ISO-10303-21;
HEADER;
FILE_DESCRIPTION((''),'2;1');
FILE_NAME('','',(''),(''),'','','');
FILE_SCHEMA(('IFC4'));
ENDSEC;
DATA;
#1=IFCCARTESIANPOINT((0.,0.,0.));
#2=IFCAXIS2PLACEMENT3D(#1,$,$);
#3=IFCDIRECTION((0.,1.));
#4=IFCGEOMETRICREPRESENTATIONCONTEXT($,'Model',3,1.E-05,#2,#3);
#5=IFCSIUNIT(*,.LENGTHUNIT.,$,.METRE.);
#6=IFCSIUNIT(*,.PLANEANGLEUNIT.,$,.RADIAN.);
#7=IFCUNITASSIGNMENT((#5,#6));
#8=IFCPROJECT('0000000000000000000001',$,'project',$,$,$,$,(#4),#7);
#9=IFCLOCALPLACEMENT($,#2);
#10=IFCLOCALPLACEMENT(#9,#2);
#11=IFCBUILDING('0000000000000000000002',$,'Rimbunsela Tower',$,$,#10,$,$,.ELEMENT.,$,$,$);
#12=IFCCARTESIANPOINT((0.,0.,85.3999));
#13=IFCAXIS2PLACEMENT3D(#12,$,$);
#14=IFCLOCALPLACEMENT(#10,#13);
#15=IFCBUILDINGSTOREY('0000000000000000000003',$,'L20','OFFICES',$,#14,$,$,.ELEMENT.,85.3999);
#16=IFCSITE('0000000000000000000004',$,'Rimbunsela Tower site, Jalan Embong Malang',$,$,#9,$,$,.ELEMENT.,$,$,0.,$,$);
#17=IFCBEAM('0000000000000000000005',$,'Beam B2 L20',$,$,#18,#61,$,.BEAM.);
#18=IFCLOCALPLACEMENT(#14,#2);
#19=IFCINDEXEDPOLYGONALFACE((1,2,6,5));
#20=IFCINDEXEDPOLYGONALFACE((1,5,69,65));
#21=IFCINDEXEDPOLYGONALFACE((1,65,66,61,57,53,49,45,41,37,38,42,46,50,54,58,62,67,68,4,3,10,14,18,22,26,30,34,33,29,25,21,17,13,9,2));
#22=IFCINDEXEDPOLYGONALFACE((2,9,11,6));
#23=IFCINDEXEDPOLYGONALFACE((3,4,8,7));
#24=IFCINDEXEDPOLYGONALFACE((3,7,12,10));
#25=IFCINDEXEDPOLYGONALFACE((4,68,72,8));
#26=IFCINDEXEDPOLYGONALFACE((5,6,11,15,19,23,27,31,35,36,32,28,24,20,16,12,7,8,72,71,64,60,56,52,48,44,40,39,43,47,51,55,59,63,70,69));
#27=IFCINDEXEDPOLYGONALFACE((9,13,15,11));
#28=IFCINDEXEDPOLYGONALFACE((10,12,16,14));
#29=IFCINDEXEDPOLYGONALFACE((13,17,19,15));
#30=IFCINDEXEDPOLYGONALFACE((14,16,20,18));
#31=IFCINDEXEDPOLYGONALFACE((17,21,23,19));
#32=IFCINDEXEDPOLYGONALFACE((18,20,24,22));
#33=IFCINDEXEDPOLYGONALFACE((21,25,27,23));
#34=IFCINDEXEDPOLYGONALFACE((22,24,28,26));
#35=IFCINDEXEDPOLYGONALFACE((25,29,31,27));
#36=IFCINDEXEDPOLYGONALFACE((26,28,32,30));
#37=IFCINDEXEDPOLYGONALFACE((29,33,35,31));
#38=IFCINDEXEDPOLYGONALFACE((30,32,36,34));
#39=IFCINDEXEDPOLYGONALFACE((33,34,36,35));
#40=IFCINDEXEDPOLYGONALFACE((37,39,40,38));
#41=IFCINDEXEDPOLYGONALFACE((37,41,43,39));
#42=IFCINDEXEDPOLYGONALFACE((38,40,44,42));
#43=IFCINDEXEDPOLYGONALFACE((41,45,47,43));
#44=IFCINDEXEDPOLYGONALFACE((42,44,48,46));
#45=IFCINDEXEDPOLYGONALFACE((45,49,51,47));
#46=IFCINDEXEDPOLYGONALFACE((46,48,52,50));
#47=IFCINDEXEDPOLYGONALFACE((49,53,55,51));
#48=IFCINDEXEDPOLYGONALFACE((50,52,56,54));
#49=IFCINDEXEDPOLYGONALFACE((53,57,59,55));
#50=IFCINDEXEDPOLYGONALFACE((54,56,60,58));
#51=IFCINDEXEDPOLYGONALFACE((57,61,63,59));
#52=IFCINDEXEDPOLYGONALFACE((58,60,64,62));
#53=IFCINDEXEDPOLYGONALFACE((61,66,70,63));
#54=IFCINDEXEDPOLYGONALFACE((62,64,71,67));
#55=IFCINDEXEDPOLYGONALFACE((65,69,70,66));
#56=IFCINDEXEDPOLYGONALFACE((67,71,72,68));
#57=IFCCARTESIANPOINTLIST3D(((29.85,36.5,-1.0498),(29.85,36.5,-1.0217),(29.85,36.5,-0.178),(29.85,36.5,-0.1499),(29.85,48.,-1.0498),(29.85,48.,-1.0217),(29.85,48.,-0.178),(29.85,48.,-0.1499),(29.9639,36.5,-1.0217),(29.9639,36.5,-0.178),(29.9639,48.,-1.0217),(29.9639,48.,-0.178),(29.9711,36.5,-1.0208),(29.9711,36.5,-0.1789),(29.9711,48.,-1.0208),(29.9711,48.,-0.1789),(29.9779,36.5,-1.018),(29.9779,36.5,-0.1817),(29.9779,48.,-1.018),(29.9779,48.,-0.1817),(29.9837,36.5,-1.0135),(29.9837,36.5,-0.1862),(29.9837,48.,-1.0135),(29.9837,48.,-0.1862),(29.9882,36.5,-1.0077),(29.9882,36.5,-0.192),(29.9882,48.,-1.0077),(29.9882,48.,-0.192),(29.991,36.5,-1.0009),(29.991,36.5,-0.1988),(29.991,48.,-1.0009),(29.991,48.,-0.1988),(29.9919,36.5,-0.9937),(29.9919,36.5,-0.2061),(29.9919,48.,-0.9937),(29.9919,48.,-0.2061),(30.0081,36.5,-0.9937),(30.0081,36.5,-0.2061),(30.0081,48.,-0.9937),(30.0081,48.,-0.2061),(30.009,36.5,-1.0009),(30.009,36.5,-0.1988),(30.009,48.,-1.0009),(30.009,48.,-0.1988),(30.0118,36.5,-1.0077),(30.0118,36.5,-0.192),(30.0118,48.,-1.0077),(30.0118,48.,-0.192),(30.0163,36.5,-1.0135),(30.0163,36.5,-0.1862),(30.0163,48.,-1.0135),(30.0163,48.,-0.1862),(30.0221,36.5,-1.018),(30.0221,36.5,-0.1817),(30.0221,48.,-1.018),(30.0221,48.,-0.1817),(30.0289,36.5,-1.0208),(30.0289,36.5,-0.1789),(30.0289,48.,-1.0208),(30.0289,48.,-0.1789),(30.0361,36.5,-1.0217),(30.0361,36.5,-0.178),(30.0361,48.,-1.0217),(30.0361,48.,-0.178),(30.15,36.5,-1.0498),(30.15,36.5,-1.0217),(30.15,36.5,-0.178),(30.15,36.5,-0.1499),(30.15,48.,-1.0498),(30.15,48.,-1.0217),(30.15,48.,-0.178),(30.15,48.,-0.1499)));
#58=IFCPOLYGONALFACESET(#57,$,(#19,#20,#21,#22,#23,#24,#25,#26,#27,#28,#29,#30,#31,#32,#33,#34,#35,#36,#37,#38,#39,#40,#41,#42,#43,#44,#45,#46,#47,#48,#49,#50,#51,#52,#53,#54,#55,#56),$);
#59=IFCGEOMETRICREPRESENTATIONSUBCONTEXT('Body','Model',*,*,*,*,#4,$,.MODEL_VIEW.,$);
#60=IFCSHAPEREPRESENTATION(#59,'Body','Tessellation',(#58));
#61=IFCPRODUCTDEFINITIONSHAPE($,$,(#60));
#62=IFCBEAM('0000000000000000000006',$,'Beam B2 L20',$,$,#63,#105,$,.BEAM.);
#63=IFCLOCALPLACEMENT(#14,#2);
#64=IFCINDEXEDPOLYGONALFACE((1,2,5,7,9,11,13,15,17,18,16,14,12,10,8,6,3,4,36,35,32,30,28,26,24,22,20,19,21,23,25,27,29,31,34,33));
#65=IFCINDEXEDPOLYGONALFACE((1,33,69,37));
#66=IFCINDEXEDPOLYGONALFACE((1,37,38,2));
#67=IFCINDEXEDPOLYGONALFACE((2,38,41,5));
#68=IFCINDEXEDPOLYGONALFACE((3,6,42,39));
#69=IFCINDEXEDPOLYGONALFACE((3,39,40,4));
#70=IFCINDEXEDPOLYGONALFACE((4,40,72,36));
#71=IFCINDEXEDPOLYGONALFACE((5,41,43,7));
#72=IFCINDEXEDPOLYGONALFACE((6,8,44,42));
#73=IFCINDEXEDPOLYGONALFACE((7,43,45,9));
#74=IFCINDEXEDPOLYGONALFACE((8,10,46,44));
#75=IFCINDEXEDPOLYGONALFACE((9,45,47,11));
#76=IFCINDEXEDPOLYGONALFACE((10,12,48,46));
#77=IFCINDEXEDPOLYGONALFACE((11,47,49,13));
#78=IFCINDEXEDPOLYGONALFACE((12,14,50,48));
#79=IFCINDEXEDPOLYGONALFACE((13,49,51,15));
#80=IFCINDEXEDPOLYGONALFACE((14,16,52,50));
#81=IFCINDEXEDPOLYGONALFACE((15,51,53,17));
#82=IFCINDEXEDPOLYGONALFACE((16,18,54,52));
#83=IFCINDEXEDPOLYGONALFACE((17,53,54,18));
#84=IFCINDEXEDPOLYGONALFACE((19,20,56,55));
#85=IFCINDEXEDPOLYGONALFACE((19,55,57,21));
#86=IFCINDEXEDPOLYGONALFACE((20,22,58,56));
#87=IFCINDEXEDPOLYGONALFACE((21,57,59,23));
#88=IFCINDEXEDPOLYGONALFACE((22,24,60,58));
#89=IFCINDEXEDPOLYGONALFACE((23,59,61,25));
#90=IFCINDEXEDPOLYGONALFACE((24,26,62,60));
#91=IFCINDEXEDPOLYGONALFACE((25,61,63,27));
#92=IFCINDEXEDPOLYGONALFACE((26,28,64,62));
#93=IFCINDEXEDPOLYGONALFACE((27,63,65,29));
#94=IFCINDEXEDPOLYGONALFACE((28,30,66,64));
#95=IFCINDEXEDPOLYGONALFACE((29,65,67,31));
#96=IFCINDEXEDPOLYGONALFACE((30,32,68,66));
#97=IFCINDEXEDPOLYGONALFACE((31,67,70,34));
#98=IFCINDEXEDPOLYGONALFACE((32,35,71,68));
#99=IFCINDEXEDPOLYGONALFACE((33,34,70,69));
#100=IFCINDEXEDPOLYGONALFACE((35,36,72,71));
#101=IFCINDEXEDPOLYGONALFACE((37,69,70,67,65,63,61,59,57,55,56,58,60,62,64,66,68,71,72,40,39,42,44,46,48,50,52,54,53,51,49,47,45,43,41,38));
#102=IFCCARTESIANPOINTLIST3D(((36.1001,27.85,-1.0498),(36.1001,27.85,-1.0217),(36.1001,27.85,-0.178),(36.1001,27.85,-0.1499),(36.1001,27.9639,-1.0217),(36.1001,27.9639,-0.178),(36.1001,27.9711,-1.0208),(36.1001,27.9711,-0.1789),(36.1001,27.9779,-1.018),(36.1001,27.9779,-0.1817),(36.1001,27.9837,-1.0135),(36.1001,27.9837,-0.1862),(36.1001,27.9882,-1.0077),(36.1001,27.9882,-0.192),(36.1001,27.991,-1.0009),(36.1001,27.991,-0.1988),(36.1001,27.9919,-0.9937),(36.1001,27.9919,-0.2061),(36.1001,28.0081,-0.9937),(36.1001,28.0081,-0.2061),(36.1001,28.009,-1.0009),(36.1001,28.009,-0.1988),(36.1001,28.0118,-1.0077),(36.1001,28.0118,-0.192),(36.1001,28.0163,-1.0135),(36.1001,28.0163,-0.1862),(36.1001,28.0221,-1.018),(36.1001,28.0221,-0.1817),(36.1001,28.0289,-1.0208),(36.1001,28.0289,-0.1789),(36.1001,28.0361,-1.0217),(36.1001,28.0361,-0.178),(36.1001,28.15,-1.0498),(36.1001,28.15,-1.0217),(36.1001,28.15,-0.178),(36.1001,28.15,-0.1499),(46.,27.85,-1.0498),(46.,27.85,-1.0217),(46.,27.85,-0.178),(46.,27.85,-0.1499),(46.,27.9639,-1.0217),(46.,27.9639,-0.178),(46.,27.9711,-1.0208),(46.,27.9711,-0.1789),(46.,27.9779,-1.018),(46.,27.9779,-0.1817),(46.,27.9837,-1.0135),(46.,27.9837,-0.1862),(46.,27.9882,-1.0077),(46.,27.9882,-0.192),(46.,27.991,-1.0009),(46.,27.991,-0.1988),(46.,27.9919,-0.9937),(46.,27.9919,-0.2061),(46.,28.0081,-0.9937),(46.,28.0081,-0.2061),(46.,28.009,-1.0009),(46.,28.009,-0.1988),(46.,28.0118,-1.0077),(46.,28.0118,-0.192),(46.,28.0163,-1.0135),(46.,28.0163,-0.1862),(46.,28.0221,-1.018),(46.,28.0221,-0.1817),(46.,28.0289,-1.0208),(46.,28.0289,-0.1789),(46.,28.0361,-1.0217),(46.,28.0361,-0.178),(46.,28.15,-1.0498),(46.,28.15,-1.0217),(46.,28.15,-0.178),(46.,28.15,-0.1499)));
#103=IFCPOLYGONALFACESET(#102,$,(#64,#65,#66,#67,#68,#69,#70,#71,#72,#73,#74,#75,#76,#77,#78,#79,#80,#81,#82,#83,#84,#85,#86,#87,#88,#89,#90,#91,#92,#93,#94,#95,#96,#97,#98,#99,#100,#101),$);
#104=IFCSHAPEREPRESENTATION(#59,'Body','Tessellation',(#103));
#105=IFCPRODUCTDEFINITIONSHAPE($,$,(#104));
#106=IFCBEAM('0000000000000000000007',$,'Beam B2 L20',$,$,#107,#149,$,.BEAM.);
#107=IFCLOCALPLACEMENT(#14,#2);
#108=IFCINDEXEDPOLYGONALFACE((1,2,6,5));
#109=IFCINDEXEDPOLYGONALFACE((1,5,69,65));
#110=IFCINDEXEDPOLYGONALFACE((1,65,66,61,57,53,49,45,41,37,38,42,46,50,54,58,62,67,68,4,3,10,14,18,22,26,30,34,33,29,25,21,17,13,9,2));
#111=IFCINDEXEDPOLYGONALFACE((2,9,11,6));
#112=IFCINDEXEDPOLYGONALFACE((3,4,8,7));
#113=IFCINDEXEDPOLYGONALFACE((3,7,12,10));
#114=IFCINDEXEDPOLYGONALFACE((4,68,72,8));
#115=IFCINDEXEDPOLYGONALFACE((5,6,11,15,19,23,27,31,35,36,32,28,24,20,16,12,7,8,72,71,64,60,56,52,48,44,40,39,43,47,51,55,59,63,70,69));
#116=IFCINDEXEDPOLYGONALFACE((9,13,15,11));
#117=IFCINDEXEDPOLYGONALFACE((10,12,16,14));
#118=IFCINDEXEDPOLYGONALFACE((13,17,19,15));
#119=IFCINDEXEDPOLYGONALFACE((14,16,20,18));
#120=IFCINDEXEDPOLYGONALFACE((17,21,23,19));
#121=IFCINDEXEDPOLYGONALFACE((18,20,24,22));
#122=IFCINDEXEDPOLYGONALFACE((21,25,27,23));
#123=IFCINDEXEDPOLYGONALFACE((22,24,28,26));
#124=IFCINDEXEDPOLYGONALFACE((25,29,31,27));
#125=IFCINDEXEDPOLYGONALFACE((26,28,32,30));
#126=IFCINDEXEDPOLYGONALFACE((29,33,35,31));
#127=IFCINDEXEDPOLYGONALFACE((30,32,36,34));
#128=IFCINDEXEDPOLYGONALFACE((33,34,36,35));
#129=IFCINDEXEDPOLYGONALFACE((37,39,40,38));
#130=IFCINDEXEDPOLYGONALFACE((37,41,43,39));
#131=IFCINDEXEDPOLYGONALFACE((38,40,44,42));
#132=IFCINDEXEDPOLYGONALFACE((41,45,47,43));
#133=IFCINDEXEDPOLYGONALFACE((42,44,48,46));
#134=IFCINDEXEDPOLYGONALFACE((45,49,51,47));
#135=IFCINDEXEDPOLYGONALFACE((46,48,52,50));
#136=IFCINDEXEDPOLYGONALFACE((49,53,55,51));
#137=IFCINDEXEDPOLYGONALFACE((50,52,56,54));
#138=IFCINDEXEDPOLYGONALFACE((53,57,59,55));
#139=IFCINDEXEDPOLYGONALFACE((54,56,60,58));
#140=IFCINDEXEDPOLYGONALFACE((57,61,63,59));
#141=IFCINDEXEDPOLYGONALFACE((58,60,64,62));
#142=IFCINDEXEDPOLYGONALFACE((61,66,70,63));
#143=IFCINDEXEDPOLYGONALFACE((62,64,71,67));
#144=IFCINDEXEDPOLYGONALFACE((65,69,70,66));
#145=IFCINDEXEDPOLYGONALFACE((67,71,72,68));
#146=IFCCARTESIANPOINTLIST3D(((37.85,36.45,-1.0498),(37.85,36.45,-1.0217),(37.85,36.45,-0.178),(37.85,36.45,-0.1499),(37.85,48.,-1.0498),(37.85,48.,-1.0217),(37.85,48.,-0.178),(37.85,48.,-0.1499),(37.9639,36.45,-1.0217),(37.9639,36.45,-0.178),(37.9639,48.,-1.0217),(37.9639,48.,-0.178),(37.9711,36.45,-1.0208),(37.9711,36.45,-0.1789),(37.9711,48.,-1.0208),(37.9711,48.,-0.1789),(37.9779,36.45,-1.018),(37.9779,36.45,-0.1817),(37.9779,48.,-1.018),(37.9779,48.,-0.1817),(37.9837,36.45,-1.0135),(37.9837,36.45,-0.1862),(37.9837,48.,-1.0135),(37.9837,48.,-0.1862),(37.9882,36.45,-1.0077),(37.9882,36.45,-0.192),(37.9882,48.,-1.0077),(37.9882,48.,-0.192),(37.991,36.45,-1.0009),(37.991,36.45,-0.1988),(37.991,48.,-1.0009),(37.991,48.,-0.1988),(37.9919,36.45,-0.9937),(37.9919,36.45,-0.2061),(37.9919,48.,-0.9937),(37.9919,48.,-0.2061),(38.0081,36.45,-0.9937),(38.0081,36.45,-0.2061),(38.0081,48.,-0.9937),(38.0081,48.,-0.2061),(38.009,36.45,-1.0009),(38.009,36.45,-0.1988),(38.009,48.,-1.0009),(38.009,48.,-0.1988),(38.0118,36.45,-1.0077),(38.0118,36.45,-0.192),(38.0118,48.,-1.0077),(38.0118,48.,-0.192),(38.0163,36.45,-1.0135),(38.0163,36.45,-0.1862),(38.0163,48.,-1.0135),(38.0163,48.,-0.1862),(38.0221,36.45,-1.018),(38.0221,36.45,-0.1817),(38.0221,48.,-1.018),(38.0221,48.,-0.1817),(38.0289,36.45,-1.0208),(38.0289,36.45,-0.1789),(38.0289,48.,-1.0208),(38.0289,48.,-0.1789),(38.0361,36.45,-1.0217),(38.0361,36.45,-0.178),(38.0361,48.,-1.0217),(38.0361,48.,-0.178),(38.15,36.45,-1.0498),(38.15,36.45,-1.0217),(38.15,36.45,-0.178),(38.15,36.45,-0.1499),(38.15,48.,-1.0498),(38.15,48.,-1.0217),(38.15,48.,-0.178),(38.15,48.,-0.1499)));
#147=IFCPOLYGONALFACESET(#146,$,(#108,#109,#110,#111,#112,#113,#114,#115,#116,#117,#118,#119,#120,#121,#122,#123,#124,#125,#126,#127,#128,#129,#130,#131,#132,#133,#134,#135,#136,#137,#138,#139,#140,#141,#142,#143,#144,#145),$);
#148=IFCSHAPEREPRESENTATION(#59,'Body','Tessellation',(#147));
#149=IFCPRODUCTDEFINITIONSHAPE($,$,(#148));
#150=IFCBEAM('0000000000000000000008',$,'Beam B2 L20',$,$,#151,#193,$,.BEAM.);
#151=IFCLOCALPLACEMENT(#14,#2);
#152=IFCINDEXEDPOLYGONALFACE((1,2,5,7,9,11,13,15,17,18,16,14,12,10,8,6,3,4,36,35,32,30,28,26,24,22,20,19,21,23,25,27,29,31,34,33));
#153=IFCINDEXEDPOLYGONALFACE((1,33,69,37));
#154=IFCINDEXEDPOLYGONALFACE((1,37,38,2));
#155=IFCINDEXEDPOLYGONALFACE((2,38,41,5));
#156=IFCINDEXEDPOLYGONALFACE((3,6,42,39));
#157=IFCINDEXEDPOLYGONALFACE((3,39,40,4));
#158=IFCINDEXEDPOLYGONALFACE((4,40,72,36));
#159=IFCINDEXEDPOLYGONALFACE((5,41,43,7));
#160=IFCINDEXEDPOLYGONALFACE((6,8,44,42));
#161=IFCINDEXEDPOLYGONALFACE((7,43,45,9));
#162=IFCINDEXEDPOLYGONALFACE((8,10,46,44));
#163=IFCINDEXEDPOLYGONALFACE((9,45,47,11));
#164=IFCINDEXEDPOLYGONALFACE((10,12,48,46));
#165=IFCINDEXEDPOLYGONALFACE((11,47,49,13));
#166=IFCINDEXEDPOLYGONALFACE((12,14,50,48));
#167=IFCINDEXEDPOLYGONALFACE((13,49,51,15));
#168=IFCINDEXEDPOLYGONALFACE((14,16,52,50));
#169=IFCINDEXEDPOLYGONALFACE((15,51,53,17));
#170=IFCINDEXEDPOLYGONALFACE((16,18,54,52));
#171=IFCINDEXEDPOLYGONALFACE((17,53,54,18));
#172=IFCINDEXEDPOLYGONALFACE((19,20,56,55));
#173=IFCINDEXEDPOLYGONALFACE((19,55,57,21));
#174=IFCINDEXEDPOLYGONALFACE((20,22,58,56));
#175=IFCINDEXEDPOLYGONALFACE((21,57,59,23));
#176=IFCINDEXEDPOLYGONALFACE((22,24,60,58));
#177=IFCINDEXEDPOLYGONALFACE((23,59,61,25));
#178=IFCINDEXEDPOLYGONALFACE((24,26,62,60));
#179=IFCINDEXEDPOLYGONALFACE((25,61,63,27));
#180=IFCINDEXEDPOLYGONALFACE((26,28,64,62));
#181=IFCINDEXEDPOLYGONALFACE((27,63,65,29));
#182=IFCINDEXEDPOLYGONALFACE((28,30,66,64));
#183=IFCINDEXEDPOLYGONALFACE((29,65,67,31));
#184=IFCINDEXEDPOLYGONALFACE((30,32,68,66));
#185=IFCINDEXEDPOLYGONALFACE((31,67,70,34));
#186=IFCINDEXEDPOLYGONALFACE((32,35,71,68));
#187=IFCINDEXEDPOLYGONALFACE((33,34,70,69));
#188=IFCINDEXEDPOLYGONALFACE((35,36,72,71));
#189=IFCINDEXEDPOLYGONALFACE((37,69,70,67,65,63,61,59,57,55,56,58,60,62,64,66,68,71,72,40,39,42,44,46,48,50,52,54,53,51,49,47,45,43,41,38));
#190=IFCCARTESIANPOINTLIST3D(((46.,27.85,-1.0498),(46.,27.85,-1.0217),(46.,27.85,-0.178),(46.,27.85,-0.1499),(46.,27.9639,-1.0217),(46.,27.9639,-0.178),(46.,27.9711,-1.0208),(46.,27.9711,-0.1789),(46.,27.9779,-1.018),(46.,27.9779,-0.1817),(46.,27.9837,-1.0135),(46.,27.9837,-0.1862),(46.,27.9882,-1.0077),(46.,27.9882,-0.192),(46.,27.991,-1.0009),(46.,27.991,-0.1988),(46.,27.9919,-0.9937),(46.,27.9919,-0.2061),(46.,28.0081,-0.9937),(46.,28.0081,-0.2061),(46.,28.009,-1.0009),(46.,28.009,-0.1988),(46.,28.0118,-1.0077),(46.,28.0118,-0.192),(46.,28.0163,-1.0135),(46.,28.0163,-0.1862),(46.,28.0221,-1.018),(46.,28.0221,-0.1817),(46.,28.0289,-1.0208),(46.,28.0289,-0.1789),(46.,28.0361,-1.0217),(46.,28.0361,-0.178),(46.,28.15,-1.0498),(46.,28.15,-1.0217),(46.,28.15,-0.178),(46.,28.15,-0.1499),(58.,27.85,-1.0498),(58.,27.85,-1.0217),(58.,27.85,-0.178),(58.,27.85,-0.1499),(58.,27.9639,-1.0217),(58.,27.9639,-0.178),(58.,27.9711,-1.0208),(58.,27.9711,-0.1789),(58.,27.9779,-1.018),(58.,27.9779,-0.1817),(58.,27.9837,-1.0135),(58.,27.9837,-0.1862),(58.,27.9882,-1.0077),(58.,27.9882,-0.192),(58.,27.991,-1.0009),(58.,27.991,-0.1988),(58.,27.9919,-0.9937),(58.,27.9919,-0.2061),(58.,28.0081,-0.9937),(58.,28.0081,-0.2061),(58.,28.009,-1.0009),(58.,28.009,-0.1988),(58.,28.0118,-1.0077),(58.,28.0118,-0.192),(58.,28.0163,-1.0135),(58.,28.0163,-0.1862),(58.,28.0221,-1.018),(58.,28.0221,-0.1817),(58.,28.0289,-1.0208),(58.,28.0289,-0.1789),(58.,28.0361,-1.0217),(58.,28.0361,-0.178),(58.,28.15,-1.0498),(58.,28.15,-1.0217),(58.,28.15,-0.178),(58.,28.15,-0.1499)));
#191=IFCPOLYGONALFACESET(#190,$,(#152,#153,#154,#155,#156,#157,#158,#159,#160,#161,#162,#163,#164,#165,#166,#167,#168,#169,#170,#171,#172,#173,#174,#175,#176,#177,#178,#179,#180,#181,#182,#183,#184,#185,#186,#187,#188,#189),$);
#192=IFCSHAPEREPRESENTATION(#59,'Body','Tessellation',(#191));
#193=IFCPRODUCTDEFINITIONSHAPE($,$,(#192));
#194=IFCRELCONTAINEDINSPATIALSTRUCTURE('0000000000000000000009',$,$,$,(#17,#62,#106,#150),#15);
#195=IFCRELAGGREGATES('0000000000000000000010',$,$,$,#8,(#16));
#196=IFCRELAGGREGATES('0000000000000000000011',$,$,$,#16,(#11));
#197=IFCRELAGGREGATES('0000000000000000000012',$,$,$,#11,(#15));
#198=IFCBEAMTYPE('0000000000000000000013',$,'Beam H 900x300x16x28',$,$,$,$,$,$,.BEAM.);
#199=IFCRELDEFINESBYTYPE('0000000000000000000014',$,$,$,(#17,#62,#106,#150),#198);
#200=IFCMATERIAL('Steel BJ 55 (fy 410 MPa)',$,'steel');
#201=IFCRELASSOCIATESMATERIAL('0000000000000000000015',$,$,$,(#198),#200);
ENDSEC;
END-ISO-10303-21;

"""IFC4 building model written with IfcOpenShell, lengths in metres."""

from ifc_helpers import new_model, si_unit, direction, frame, origin, origin_2d, place, context, subcontext, project, spatial, i_section, extrude, material, material_profile, profile_set, type_object, element, save


model = new_model("IFC4")

# Units and contexts
model_context = context("Model", 3, precision=1e-05, world=origin(), true_north=direction((0.0, 1.0)))
body_context = subcontext(model_context, "Body", "Model", "MODEL_VIEW")
ifc_project = project(units=[si_unit("LENGTHUNIT", "METRE"), si_unit("PLANEANGLEUNIT", "RADIAN")], contexts=[model_context])

# Site, building, storey
site_placement = place(None, origin())
site = spatial("IfcSite", under=ifc_project, at=site_placement, Name="Rimbunsela Tower site, Jalan Embong Malang", CompositionType="ELEMENT", RefElevation=0.0)
building_placement = place(site_placement, origin())
building = spatial("IfcBuilding", under=site, at=building_placement, Name="Rimbunsela Tower", CompositionType="ELEMENT")
storey_placement = place(building_placement, frame((0.0, 0.0, 85.3999)))
storey = spatial("IfcBuildingStorey", under=building, at=storey_placement, Name="L20", Description="OFFICES", CompositionType="ELEMENT", Elevation=85.3999)

# Beams
ifc_material_1 = material(Name="Steel BJ 55 (fy 410 MPa)", Category="steel")
ifc_material_profile_1 = material_profile(ifc_material_1, i_section(OverallWidth=0.3, OverallDepth=0.8999, WebThickness=0.0161, FlangeThickness=0.0281, FilletRadius=0.0281, at=origin_2d()), Name="H 900x300x16x28")
ifc_profile_set_1 = profile_set([ifc_material_profile_1], Name="Steel BJ 55 (fy 410 MPa)")
beam_type_1 = type_object("IfcBeamType", Name="Beam H 900x300x16x28", PredefinedType="BEAM", material=ifc_profile_set_1)
beam_1_placement = place(storey_placement, frame((30.0, 36.5, -0.5999), z_axis=(0.0, 1.0, 0.0), x_axis=(-1.0, 0.0, 0.0)))
element("IfcBeam", 1, at=beam_1_placement, inside=storey, type_object=beam_type_1, Name="Beam B2 L20", PredefinedType="BEAM", context=body_context, shape_type="SweptSolid", body=[
    extrude(i_section(OverallWidth=0.3, OverallDepth=0.8999, WebThickness=0.0161, FlangeThickness=0.0281, FilletRadius=0.0281, at=origin_2d()), origin(), (0.0, 0.0, 1.0), 11.5),
])
beam_2_placement = place(storey_placement, frame((36.1001, 28.0, -0.5999), z_axis=(1.0, 0.0, 0.0), x_axis=(0.0, 1.0, 0.0)))
element("IfcBeam", 2, at=beam_2_placement, inside=storey, type_object=beam_type_1, Name="Beam B2 L20", PredefinedType="BEAM", context=body_context, shape_type="SweptSolid", body=[
    extrude(i_section(OverallWidth=0.3, OverallDepth=0.8999, WebThickness=0.0161, FlangeThickness=0.0281, FilletRadius=0.0281, at=origin_2d()), origin(), (0.0, 0.0, 1.0), 9.8999),
])
beam_3_placement = place(storey_placement, frame((38.0, 36.45, -0.5999), z_axis=(0.0, 1.0, 0.0), x_axis=(-1.0, 0.0, 0.0)))
element("IfcBeam", 3, at=beam_3_placement, inside=storey, type_object=beam_type_1, Name="Beam B2 L20", PredefinedType="BEAM", context=body_context, shape_type="SweptSolid", body=[
    extrude(i_section(OverallWidth=0.3, OverallDepth=0.8999, WebThickness=0.0161, FlangeThickness=0.0281, FilletRadius=0.0281, at=origin_2d()), origin(), (0.0, 0.0, 1.0), 11.55),
])
beam_4_placement = place(storey_placement, frame((46.0, 28.0, -0.5999), z_axis=(1.0, 0.0, 0.0), x_axis=(0.0, 1.0, 0.0)))
element("IfcBeam", 4, at=beam_4_placement, inside=storey, type_object=beam_type_1, Name="Beam B2 L20", PredefinedType="BEAM", context=body_context, shape_type="SweptSolid", body=[
    extrude(i_section(OverallWidth=0.3, OverallDepth=0.8999, WebThickness=0.0161, FlangeThickness=0.0281, FilletRadius=0.0281, at=origin_2d()), origin(), (0.0, 0.0, 1.0), 12.0),
])

save(model, "model.ifc")
